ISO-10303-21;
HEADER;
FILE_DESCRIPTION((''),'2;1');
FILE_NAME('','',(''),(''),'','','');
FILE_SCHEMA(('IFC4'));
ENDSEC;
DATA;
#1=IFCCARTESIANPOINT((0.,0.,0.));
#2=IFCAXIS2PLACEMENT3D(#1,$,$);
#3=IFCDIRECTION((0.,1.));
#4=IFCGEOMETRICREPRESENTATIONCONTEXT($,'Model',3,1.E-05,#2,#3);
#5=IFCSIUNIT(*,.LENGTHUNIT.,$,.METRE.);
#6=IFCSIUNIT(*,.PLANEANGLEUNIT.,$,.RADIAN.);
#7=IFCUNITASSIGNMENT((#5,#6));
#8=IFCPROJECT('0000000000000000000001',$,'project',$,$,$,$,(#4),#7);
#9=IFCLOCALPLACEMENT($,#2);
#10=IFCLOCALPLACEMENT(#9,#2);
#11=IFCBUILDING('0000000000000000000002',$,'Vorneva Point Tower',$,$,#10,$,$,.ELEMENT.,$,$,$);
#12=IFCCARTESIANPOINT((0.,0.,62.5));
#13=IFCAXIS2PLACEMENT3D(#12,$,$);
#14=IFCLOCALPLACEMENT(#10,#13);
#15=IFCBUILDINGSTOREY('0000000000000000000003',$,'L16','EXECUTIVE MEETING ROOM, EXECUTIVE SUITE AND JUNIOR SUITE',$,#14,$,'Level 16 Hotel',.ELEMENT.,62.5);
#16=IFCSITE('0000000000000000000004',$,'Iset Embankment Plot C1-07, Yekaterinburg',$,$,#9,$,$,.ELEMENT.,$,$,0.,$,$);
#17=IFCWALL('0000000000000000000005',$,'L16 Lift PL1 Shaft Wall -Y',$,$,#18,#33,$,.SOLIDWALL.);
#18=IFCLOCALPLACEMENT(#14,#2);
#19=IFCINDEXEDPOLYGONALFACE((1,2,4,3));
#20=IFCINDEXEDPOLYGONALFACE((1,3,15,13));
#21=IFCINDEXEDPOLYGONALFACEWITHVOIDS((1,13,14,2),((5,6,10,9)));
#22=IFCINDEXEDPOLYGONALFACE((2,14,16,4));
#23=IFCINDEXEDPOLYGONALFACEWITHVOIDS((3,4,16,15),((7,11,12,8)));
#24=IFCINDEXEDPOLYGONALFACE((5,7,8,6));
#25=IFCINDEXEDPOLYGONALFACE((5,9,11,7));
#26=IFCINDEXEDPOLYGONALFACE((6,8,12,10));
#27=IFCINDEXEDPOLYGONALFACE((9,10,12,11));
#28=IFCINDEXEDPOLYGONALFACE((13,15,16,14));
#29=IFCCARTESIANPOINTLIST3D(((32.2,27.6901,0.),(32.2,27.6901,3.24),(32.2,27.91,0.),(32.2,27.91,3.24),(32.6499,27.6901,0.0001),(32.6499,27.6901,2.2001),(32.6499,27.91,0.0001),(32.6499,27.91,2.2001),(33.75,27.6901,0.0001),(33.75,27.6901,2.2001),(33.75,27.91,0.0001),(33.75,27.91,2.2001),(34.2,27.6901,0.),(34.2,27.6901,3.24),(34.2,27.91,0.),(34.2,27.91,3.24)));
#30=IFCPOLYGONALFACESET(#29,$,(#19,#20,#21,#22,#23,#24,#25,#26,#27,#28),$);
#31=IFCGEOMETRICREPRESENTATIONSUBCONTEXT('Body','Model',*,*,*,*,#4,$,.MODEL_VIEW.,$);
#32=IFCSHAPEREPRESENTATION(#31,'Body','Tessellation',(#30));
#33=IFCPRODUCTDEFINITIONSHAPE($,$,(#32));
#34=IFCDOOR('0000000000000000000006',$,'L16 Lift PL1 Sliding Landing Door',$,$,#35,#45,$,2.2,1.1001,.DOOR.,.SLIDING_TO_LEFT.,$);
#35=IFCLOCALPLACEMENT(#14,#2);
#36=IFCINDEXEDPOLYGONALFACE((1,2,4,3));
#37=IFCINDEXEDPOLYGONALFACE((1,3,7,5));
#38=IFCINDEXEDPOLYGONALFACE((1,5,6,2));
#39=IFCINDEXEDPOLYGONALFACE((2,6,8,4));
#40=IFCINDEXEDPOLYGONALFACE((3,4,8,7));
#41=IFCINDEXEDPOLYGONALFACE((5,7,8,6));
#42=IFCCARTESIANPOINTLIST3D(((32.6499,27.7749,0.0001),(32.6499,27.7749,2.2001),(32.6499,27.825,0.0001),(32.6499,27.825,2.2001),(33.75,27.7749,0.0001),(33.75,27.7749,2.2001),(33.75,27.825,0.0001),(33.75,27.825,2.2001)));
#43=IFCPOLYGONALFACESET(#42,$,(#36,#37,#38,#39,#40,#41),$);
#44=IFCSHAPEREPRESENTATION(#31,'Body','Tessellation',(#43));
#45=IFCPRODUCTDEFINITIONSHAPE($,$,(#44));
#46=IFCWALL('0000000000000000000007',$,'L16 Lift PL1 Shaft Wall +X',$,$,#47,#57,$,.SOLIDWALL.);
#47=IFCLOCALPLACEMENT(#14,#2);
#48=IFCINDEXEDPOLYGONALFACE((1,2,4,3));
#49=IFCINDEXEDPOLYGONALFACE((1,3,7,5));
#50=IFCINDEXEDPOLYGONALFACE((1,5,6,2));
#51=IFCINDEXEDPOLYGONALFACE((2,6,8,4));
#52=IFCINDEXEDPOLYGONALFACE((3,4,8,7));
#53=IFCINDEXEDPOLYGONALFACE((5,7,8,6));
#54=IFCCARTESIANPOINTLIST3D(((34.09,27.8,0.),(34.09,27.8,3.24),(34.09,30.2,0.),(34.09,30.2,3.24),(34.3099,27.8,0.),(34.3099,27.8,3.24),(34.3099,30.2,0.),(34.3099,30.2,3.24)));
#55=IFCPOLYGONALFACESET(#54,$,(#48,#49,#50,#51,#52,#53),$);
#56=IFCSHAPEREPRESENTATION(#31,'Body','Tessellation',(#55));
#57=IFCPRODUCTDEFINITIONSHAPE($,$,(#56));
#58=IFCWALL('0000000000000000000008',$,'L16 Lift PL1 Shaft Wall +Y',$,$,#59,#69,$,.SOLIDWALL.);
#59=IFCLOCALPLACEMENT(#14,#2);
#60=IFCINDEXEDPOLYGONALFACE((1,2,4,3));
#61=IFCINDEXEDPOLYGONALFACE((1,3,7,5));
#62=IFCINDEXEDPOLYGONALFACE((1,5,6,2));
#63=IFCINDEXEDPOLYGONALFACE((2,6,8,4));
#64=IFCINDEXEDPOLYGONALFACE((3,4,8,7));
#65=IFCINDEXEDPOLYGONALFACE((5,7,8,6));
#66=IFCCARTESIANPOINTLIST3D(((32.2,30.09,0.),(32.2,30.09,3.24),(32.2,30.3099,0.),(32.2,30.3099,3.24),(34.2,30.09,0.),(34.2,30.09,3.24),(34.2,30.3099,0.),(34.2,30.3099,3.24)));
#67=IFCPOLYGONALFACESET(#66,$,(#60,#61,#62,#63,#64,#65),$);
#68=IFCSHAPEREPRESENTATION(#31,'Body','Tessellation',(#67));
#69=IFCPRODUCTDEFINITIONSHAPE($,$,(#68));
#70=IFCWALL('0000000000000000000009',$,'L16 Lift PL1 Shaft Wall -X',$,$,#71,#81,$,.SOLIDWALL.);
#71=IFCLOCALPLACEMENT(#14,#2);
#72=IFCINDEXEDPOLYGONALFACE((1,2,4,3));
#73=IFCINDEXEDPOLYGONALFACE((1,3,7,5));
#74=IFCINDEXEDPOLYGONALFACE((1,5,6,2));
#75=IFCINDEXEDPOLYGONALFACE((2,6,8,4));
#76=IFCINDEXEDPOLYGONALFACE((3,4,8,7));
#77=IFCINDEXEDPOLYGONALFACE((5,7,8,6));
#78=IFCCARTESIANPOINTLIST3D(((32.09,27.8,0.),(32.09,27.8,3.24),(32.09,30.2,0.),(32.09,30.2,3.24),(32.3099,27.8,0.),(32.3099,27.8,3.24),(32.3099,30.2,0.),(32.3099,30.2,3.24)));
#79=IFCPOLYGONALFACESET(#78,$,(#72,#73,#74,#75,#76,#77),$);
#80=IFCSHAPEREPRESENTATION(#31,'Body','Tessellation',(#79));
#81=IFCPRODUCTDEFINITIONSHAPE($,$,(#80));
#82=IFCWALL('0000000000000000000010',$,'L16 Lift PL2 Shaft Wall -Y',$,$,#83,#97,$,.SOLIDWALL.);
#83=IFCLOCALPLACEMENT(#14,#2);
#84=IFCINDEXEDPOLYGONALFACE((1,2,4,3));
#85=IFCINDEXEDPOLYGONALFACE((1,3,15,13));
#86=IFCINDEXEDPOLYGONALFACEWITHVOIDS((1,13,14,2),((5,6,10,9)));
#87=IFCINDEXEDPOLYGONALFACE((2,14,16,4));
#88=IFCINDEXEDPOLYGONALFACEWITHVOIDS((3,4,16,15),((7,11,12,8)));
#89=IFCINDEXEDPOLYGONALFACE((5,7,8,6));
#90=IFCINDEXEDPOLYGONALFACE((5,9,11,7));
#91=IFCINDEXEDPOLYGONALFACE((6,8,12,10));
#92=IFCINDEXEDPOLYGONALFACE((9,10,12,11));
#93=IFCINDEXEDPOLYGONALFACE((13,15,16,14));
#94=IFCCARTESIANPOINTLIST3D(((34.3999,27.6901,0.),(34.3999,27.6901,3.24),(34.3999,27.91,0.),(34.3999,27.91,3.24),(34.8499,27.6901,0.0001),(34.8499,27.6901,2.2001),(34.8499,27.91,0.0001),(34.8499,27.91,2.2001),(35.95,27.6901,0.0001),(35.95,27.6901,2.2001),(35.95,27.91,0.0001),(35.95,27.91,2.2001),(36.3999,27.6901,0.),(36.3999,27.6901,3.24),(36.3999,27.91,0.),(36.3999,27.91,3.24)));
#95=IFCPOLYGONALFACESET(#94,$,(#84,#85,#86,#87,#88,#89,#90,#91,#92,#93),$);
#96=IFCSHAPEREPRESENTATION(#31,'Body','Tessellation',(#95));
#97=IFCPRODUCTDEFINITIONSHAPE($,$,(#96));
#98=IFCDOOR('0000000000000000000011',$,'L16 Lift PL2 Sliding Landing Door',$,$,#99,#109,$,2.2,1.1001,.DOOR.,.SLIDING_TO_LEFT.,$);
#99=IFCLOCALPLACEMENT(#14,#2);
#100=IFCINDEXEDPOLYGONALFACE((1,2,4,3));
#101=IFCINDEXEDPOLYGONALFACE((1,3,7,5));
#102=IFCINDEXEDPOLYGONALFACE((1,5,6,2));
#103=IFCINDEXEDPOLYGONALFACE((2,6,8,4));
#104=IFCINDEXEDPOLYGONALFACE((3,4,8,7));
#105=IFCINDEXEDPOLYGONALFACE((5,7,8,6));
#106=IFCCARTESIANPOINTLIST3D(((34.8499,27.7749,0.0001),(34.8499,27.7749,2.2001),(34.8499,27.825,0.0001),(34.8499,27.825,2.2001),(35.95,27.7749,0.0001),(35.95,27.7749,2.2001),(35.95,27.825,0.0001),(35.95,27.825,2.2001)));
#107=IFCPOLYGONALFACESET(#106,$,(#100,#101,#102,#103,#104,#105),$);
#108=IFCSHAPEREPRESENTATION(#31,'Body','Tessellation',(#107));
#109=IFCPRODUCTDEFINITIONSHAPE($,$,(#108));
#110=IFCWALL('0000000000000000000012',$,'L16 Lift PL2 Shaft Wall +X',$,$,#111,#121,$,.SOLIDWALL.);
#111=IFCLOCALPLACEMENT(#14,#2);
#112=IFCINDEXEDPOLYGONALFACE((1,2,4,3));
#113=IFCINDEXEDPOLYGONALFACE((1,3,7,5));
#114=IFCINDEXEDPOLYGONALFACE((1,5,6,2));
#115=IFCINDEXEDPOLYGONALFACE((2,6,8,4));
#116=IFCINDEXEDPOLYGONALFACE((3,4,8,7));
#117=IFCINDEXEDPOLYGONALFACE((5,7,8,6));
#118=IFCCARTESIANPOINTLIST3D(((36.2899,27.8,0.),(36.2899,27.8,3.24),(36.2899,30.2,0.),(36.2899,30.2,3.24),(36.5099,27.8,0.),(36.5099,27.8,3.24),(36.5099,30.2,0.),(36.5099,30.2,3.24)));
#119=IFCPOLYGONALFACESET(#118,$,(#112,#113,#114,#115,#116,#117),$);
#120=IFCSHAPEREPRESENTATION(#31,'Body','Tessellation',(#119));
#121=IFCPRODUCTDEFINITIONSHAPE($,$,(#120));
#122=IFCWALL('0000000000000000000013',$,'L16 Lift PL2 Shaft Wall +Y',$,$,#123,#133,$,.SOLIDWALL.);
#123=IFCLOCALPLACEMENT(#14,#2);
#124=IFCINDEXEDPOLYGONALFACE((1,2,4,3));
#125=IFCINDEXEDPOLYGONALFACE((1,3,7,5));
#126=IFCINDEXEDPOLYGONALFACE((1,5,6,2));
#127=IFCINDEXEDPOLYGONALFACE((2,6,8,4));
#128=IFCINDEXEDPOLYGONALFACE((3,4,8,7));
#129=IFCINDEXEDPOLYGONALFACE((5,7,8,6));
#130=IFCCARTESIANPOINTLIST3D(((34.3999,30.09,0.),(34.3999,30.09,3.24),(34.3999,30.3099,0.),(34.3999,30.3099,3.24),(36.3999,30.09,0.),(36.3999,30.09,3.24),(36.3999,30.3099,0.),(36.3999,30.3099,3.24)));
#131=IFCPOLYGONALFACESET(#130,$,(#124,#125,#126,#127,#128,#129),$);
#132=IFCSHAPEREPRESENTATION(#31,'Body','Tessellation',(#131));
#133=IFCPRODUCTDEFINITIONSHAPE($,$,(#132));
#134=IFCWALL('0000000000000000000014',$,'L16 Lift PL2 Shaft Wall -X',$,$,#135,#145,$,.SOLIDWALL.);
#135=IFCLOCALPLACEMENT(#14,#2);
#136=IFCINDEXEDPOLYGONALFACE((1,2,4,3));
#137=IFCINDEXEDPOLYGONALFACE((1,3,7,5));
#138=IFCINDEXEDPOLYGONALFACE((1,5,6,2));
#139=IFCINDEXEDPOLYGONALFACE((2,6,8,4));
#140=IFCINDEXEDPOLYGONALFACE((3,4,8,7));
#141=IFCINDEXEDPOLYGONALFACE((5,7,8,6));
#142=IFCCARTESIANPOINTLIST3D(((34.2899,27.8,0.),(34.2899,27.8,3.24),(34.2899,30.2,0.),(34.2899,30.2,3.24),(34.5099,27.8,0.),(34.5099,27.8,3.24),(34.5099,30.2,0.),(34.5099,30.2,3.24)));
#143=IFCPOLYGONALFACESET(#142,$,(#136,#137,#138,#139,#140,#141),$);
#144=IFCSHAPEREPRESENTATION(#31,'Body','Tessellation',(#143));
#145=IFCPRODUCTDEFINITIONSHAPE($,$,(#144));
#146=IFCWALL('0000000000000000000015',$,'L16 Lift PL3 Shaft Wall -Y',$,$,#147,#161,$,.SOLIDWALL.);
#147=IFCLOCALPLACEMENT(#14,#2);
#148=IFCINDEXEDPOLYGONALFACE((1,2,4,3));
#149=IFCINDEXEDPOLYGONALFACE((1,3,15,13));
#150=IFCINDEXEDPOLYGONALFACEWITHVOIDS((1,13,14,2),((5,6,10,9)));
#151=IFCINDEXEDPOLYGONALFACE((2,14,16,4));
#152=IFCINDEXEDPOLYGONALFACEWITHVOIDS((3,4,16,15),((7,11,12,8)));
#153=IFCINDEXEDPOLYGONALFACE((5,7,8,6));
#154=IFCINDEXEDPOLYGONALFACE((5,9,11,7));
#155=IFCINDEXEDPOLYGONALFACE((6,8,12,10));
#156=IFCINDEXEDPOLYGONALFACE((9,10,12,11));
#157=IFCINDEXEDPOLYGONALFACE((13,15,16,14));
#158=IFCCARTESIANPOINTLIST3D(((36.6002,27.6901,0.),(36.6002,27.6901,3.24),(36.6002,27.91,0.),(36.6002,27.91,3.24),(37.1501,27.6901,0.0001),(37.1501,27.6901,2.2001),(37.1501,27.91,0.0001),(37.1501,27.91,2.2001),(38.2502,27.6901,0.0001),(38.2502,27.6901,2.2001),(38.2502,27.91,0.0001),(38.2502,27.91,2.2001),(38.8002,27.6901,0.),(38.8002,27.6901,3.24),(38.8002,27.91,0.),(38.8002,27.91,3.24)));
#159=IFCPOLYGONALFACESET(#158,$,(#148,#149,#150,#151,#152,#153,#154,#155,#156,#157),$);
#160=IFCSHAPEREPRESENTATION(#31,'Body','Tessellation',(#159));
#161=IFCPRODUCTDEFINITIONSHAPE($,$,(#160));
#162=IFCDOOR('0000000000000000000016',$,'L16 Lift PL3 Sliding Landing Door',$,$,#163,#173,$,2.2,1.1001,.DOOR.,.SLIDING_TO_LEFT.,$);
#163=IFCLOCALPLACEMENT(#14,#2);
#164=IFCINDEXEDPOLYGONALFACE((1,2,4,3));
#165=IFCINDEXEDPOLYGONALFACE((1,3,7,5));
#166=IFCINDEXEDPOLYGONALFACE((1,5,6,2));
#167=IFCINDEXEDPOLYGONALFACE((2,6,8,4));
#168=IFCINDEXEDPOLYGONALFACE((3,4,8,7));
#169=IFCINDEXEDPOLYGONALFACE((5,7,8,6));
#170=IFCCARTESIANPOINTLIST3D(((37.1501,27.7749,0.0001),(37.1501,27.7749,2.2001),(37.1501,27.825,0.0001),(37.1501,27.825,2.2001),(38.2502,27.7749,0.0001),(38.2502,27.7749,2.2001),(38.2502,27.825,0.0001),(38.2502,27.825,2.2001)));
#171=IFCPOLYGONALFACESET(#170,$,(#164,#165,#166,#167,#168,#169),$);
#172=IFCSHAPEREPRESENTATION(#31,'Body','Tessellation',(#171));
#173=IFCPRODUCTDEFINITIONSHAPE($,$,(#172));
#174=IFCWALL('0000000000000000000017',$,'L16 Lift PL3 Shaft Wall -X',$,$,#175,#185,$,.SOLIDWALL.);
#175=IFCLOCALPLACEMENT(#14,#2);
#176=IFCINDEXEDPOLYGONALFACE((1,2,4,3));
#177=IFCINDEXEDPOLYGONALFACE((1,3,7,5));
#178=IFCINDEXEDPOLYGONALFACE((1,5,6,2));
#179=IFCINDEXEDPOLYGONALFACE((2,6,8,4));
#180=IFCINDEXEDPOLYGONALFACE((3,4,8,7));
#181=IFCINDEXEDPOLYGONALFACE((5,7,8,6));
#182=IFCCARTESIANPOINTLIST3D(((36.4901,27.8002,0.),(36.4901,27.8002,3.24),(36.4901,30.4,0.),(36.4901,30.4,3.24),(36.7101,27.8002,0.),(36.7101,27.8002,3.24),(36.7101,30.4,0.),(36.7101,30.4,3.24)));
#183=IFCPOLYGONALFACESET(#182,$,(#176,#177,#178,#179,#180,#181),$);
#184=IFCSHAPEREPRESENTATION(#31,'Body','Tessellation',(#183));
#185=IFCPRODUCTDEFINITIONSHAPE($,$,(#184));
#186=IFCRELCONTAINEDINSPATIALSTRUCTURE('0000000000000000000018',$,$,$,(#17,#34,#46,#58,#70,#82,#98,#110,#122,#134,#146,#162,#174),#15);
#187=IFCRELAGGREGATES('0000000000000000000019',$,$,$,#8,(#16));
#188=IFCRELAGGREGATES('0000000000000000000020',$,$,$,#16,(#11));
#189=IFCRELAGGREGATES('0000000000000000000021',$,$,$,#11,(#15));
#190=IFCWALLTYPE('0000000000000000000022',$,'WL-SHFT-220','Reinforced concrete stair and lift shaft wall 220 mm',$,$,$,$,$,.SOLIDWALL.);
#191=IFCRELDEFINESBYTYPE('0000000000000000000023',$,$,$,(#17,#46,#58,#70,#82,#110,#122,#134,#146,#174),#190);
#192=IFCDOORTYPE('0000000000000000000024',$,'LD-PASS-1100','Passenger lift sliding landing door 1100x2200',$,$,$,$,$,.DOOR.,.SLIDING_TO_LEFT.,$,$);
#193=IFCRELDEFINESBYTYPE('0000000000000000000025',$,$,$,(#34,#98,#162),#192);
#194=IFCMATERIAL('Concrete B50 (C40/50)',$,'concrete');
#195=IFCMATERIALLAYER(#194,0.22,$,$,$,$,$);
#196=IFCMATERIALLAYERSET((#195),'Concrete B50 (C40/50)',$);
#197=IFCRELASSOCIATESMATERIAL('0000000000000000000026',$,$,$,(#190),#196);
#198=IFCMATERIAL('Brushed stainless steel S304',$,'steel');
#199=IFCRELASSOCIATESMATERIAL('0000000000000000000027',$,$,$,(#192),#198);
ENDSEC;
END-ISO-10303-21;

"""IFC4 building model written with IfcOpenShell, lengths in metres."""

from ifc_helpers import new_model, si_unit, direction, frame, frame_2d, origin, place, context, subcontext, project, spatial, rectangle, extrude, material, layer, layer_set, type_object, element, fill, save


model = new_model("IFC4")

# Units and contexts
model_context = context("Model", 3, precision=1e-05, world=origin(), true_north=direction((0.0, 1.0)))
body_context = subcontext(model_context, "Body", "Model", "MODEL_VIEW")
ifc_project = project(units=[si_unit("LENGTHUNIT", "METRE"), si_unit("PLANEANGLEUNIT", "RADIAN")], contexts=[model_context])

# Site, building, storey
site_placement = place(None, origin())
site = spatial("IfcSite", under=ifc_project, at=site_placement, Name="Iset Embankment Plot C1-07, Yekaterinburg", CompositionType="ELEMENT", RefElevation=0.0)
building_placement = place(site_placement, origin())
building = spatial("IfcBuilding", under=site, at=building_placement, Name="Vorneva Point Tower", CompositionType="ELEMENT")
storey_placement = place(building_placement, frame((0.0, 0.0, 62.5)))
storey = spatial("IfcBuildingStorey", under=building, at=storey_placement, Name="L16", Description="EXECUTIVE MEETING ROOM, EXECUTIVE SUITE AND JUNIOR SUITE", LongName="Level 16 Hotel", CompositionType="ELEMENT", Elevation=62.5)

# Shared definitions
ifc_material_1 = material(Name="Brushed stainless steel S304", Category="steel")

# Wall, opening, door
ifc_material_2 = material(Name="Concrete B50 (C40/50)", Category="concrete")
ifc_layer_1 = layer(ifc_material_2, 0.22)
ifc_layer_set_1 = layer_set([ifc_layer_1], Name="Concrete B50 (C40/50)")
wall_type_1 = type_object("IfcWallType", Name="WL-SHFT-220", Description="Reinforced concrete stair and lift shaft wall 220 mm", PredefinedType="SOLIDWALL", material=ifc_layer_set_1)
wall_1_placement = place(storey_placement, frame((32.2, 27.8, 0.0), z_axis=(0.0, 0.0, 1.0), x_axis=(1.0, 0.0, 0.0)))
wall_1 = element("IfcWall", 1, at=wall_1_placement, inside=storey, type_object=wall_type_1, Name="L16 Lift PL1 Shaft Wall -Y", PredefinedType="SOLIDWALL", context=body_context, shape_type="SweptSolid", body=[
    extrude(rectangle(XDim=2.0, YDim=0.22, at=frame_2d((1.0, 0.0))), origin(), (0.0, 0.0, 1.0), 3.24),
])
opening_1_placement = place(wall_1_placement, frame((0.45, 0.0, 0.0)))
opening_1 = element("IfcOpeningElement", 2, at=opening_1_placement, cuts=wall_1, PredefinedType="OPENING", context=body_context, shape_type="SweptSolid", body=[
    extrude(rectangle(XDim=1.1001, YDim=2.2, at=frame_2d((0.55, 1.1001))), frame((0.0, 0.125, 0.0), z_axis=(0.0, -1.0, 0.0), x_axis=(1.0, 0.0, 0.0)), (0.0, 0.0, 1.0), 0.2498),
])
door_type_1 = type_object("IfcDoorType", Name="LD-PASS-1100", Description="Passenger lift sliding landing door 1100x2200", OperationType="SLIDING_TO_LEFT", PredefinedType="DOOR", material=ifc_material_1)
door_1_placement = place(opening_1_placement, origin())
door_1 = element("IfcDoor", 3, at=door_1_placement, inside=storey, type_object=door_type_1, Name="L16 Lift PL1 Sliding Landing Door", OperationType="SLIDING_TO_LEFT", OverallHeight=2.2, OverallWidth=1.1001, PredefinedType="DOOR", context=body_context, shape_type="SweptSolid", body=[
    extrude(rectangle(XDim=1.1001, YDim=2.2, at=frame_2d((0.55, 1.1001))), frame((0.0, 0.0249, 0.0), z_axis=(0.0, -1.0, 0.0), x_axis=(1.0, 0.0, 0.0)), (0.0, 0.0, 1.0), 0.05),
])
fill(opening_1, door_1)

# Walls
wall_2_placement = place(storey_placement, frame((34.2, 27.8, 0.0), z_axis=(0.0, 0.0, 1.0), x_axis=(0.0, 1.0, 0.0)))
element("IfcWall", 4, at=wall_2_placement, inside=storey, type_object=wall_type_1, Name="L16 Lift PL1 Shaft Wall +X", PredefinedType="SOLIDWALL", context=body_context, shape_type="SweptSolid", body=[
    extrude(rectangle(XDim=2.3999, YDim=0.22, at=frame_2d((1.2, 0.0))), origin(), (0.0, 0.0, 1.0), 3.24),
])
wall_3_placement = place(storey_placement, frame((34.2, 30.2, 0.0), z_axis=(0.0, 0.0, 1.0), x_axis=(-1.0, 0.0, 0.0)))
element("IfcWall", 5, at=wall_3_placement, inside=storey, type_object=wall_type_1, Name="L16 Lift PL1 Shaft Wall +Y", PredefinedType="SOLIDWALL", context=body_context, shape_type="SweptSolid", body=[
    extrude(rectangle(XDim=2.0, YDim=0.22, at=frame_2d((1.0, 0.0))), origin(), (0.0, 0.0, 1.0), 3.24),
])
wall_4_placement = place(storey_placement, frame((32.2, 30.2, 0.0), z_axis=(0.0, 0.0, 1.0), x_axis=(0.0, -1.0, 0.0)))
element("IfcWall", 6, at=wall_4_placement, inside=storey, type_object=wall_type_1, Name="L16 Lift PL1 Shaft Wall -X", PredefinedType="SOLIDWALL", context=body_context, shape_type="SweptSolid", body=[
    extrude(rectangle(XDim=2.3999, YDim=0.22, at=frame_2d((1.2, 0.0))), origin(), (0.0, 0.0, 1.0), 3.24),
])

# Wall, opening, door
wall_5_placement = place(storey_placement, frame((34.3999, 27.8, 0.0), z_axis=(0.0, 0.0, 1.0), x_axis=(1.0, 0.0, 0.0)))
wall_5 = element("IfcWall", 7, at=wall_5_placement, inside=storey, type_object=wall_type_1, Name="L16 Lift PL2 Shaft Wall -Y", PredefinedType="SOLIDWALL", context=body_context, shape_type="SweptSolid", body=[
    extrude(rectangle(XDim=2.0, YDim=0.22, at=frame_2d((1.0, 0.0))), origin(), (0.0, 0.0, 1.0), 3.24),
])
opening_2_placement = place(wall_5_placement, frame((0.45, 0.0, 0.0)))
opening_2 = element("IfcOpeningElement", 8, at=opening_2_placement, cuts=wall_5, PredefinedType="OPENING", context=body_context, shape_type="SweptSolid", body=[
    extrude(rectangle(XDim=1.1001, YDim=2.2, at=frame_2d((0.55, 1.1001))), frame((0.0, 0.125, 0.0), z_axis=(0.0, -1.0, 0.0), x_axis=(1.0, 0.0, 0.0)), (0.0, 0.0, 1.0), 0.2498),
])
door_2_placement = place(opening_2_placement, origin())
door_2 = element("IfcDoor", 9, at=door_2_placement, inside=storey, type_object=door_type_1, Name="L16 Lift PL2 Sliding Landing Door", OperationType="SLIDING_TO_LEFT", OverallHeight=2.2, OverallWidth=1.1001, PredefinedType="DOOR", context=body_context, shape_type="SweptSolid", body=[
    extrude(rectangle(XDim=1.1001, YDim=2.2, at=frame_2d((0.55, 1.1001))), frame((0.0, 0.0249, 0.0), z_axis=(0.0, -1.0, 0.0), x_axis=(1.0, 0.0, 0.0)), (0.0, 0.0, 1.0), 0.05),
])
fill(opening_2, door_2)

# Walls
wall_6_placement = place(storey_placement, frame((36.3999, 27.8, 0.0), z_axis=(0.0, 0.0, 1.0), x_axis=(0.0, 1.0, 0.0)))
element("IfcWall", 10, at=wall_6_placement, inside=storey, type_object=wall_type_1, Name="L16 Lift PL2 Shaft Wall +X", PredefinedType="SOLIDWALL", context=body_context, shape_type="SweptSolid", body=[
    extrude(rectangle(XDim=2.3999, YDim=0.22, at=frame_2d((1.2, 0.0))), origin(), (0.0, 0.0, 1.0), 3.24),
])
wall_7_placement = place(storey_placement, frame((36.3999, 30.2, 0.0), z_axis=(0.0, 0.0, 1.0), x_axis=(-1.0, 0.0, 0.0)))
element("IfcWall", 11, at=wall_7_placement, inside=storey, type_object=wall_type_1, Name="L16 Lift PL2 Shaft Wall +Y", PredefinedType="SOLIDWALL", context=body_context, shape_type="SweptSolid", body=[
    extrude(rectangle(XDim=2.0, YDim=0.22, at=frame_2d((1.0, 0.0))), origin(), (0.0, 0.0, 1.0), 3.24),
])
wall_8_placement = place(storey_placement, frame((34.3999, 30.2, 0.0), z_axis=(0.0, 0.0, 1.0), x_axis=(0.0, -1.0, 0.0)))
element("IfcWall", 12, at=wall_8_placement, inside=storey, type_object=wall_type_1, Name="L16 Lift PL2 Shaft Wall -X", PredefinedType="SOLIDWALL", context=body_context, shape_type="SweptSolid", body=[
    extrude(rectangle(XDim=2.3999, YDim=0.22, at=frame_2d((1.2, 0.0))), origin(), (0.0, 0.0, 1.0), 3.24),
])

# Wall, opening, door
wall_9_placement = place(storey_placement, frame((36.6001, 27.8, 0.0), z_axis=(0.0, 0.0, 1.0), x_axis=(1.0, 0.0, 0.0)))
wall_9 = element("IfcWall", 13, at=wall_9_placement, inside=storey, type_object=wall_type_1, Name="L16 Lift PL3 Shaft Wall -Y", PredefinedType="SOLIDWALL", context=body_context, shape_type="SweptSolid", body=[
    extrude(rectangle(XDim=2.2, YDim=0.22, at=frame_2d((1.1001, 0.0))), origin(), (0.0, 0.0, 1.0), 3.24),
])
opening_3_placement = place(wall_9_placement, frame((0.55, 0.0, 0.0)))
opening_3 = element("IfcOpeningElement", 14, at=opening_3_placement, cuts=wall_9, PredefinedType="OPENING", context=body_context, shape_type="SweptSolid", body=[
    extrude(rectangle(XDim=1.1001, YDim=2.2, at=frame_2d((0.55, 1.1001))), frame((0.0, 0.125, 0.0), z_axis=(0.0, -1.0, 0.0), x_axis=(1.0, 0.0, 0.0)), (0.0, 0.0, 1.0), 0.2498),
])
door_3_placement = place(opening_3_placement, origin())
door_3 = element("IfcDoor", 15, at=door_3_placement, inside=storey, type_object=door_type_1, Name="L16 Lift PL3 Sliding Landing Door", OperationType="SLIDING_TO_LEFT", OverallHeight=2.2, OverallWidth=1.1001, PredefinedType="DOOR", context=body_context, shape_type="SweptSolid", body=[
    extrude(rectangle(XDim=1.1001, YDim=2.2, at=frame_2d((0.55, 1.1001))), frame((0.0, 0.0249, 0.0), z_axis=(0.0, -1.0, 0.0), x_axis=(1.0, 0.0, 0.0)), (0.0, 0.0, 1.0), 0.05),
])
fill(opening_3, door_3)

# Wall
wall_10_placement = place(storey_placement, frame((36.6001, 30.3999, 0.0), z_axis=(0.0, 0.0, 1.0), x_axis=(0.0, -1.0, 0.0)))
element("IfcWall", 16, at=wall_10_placement, inside=storey, type_object=wall_type_1, Name="L16 Lift PL3 Shaft Wall -X", PredefinedType="SOLIDWALL", context=body_context, shape_type="SweptSolid", body=[
    extrude(rectangle(XDim=2.5999, YDim=0.22, at=frame_2d((1.2998, 0.0))), origin(), (0.0, 0.0, 1.0), 3.24),
])

save(model, "model.ifc")
